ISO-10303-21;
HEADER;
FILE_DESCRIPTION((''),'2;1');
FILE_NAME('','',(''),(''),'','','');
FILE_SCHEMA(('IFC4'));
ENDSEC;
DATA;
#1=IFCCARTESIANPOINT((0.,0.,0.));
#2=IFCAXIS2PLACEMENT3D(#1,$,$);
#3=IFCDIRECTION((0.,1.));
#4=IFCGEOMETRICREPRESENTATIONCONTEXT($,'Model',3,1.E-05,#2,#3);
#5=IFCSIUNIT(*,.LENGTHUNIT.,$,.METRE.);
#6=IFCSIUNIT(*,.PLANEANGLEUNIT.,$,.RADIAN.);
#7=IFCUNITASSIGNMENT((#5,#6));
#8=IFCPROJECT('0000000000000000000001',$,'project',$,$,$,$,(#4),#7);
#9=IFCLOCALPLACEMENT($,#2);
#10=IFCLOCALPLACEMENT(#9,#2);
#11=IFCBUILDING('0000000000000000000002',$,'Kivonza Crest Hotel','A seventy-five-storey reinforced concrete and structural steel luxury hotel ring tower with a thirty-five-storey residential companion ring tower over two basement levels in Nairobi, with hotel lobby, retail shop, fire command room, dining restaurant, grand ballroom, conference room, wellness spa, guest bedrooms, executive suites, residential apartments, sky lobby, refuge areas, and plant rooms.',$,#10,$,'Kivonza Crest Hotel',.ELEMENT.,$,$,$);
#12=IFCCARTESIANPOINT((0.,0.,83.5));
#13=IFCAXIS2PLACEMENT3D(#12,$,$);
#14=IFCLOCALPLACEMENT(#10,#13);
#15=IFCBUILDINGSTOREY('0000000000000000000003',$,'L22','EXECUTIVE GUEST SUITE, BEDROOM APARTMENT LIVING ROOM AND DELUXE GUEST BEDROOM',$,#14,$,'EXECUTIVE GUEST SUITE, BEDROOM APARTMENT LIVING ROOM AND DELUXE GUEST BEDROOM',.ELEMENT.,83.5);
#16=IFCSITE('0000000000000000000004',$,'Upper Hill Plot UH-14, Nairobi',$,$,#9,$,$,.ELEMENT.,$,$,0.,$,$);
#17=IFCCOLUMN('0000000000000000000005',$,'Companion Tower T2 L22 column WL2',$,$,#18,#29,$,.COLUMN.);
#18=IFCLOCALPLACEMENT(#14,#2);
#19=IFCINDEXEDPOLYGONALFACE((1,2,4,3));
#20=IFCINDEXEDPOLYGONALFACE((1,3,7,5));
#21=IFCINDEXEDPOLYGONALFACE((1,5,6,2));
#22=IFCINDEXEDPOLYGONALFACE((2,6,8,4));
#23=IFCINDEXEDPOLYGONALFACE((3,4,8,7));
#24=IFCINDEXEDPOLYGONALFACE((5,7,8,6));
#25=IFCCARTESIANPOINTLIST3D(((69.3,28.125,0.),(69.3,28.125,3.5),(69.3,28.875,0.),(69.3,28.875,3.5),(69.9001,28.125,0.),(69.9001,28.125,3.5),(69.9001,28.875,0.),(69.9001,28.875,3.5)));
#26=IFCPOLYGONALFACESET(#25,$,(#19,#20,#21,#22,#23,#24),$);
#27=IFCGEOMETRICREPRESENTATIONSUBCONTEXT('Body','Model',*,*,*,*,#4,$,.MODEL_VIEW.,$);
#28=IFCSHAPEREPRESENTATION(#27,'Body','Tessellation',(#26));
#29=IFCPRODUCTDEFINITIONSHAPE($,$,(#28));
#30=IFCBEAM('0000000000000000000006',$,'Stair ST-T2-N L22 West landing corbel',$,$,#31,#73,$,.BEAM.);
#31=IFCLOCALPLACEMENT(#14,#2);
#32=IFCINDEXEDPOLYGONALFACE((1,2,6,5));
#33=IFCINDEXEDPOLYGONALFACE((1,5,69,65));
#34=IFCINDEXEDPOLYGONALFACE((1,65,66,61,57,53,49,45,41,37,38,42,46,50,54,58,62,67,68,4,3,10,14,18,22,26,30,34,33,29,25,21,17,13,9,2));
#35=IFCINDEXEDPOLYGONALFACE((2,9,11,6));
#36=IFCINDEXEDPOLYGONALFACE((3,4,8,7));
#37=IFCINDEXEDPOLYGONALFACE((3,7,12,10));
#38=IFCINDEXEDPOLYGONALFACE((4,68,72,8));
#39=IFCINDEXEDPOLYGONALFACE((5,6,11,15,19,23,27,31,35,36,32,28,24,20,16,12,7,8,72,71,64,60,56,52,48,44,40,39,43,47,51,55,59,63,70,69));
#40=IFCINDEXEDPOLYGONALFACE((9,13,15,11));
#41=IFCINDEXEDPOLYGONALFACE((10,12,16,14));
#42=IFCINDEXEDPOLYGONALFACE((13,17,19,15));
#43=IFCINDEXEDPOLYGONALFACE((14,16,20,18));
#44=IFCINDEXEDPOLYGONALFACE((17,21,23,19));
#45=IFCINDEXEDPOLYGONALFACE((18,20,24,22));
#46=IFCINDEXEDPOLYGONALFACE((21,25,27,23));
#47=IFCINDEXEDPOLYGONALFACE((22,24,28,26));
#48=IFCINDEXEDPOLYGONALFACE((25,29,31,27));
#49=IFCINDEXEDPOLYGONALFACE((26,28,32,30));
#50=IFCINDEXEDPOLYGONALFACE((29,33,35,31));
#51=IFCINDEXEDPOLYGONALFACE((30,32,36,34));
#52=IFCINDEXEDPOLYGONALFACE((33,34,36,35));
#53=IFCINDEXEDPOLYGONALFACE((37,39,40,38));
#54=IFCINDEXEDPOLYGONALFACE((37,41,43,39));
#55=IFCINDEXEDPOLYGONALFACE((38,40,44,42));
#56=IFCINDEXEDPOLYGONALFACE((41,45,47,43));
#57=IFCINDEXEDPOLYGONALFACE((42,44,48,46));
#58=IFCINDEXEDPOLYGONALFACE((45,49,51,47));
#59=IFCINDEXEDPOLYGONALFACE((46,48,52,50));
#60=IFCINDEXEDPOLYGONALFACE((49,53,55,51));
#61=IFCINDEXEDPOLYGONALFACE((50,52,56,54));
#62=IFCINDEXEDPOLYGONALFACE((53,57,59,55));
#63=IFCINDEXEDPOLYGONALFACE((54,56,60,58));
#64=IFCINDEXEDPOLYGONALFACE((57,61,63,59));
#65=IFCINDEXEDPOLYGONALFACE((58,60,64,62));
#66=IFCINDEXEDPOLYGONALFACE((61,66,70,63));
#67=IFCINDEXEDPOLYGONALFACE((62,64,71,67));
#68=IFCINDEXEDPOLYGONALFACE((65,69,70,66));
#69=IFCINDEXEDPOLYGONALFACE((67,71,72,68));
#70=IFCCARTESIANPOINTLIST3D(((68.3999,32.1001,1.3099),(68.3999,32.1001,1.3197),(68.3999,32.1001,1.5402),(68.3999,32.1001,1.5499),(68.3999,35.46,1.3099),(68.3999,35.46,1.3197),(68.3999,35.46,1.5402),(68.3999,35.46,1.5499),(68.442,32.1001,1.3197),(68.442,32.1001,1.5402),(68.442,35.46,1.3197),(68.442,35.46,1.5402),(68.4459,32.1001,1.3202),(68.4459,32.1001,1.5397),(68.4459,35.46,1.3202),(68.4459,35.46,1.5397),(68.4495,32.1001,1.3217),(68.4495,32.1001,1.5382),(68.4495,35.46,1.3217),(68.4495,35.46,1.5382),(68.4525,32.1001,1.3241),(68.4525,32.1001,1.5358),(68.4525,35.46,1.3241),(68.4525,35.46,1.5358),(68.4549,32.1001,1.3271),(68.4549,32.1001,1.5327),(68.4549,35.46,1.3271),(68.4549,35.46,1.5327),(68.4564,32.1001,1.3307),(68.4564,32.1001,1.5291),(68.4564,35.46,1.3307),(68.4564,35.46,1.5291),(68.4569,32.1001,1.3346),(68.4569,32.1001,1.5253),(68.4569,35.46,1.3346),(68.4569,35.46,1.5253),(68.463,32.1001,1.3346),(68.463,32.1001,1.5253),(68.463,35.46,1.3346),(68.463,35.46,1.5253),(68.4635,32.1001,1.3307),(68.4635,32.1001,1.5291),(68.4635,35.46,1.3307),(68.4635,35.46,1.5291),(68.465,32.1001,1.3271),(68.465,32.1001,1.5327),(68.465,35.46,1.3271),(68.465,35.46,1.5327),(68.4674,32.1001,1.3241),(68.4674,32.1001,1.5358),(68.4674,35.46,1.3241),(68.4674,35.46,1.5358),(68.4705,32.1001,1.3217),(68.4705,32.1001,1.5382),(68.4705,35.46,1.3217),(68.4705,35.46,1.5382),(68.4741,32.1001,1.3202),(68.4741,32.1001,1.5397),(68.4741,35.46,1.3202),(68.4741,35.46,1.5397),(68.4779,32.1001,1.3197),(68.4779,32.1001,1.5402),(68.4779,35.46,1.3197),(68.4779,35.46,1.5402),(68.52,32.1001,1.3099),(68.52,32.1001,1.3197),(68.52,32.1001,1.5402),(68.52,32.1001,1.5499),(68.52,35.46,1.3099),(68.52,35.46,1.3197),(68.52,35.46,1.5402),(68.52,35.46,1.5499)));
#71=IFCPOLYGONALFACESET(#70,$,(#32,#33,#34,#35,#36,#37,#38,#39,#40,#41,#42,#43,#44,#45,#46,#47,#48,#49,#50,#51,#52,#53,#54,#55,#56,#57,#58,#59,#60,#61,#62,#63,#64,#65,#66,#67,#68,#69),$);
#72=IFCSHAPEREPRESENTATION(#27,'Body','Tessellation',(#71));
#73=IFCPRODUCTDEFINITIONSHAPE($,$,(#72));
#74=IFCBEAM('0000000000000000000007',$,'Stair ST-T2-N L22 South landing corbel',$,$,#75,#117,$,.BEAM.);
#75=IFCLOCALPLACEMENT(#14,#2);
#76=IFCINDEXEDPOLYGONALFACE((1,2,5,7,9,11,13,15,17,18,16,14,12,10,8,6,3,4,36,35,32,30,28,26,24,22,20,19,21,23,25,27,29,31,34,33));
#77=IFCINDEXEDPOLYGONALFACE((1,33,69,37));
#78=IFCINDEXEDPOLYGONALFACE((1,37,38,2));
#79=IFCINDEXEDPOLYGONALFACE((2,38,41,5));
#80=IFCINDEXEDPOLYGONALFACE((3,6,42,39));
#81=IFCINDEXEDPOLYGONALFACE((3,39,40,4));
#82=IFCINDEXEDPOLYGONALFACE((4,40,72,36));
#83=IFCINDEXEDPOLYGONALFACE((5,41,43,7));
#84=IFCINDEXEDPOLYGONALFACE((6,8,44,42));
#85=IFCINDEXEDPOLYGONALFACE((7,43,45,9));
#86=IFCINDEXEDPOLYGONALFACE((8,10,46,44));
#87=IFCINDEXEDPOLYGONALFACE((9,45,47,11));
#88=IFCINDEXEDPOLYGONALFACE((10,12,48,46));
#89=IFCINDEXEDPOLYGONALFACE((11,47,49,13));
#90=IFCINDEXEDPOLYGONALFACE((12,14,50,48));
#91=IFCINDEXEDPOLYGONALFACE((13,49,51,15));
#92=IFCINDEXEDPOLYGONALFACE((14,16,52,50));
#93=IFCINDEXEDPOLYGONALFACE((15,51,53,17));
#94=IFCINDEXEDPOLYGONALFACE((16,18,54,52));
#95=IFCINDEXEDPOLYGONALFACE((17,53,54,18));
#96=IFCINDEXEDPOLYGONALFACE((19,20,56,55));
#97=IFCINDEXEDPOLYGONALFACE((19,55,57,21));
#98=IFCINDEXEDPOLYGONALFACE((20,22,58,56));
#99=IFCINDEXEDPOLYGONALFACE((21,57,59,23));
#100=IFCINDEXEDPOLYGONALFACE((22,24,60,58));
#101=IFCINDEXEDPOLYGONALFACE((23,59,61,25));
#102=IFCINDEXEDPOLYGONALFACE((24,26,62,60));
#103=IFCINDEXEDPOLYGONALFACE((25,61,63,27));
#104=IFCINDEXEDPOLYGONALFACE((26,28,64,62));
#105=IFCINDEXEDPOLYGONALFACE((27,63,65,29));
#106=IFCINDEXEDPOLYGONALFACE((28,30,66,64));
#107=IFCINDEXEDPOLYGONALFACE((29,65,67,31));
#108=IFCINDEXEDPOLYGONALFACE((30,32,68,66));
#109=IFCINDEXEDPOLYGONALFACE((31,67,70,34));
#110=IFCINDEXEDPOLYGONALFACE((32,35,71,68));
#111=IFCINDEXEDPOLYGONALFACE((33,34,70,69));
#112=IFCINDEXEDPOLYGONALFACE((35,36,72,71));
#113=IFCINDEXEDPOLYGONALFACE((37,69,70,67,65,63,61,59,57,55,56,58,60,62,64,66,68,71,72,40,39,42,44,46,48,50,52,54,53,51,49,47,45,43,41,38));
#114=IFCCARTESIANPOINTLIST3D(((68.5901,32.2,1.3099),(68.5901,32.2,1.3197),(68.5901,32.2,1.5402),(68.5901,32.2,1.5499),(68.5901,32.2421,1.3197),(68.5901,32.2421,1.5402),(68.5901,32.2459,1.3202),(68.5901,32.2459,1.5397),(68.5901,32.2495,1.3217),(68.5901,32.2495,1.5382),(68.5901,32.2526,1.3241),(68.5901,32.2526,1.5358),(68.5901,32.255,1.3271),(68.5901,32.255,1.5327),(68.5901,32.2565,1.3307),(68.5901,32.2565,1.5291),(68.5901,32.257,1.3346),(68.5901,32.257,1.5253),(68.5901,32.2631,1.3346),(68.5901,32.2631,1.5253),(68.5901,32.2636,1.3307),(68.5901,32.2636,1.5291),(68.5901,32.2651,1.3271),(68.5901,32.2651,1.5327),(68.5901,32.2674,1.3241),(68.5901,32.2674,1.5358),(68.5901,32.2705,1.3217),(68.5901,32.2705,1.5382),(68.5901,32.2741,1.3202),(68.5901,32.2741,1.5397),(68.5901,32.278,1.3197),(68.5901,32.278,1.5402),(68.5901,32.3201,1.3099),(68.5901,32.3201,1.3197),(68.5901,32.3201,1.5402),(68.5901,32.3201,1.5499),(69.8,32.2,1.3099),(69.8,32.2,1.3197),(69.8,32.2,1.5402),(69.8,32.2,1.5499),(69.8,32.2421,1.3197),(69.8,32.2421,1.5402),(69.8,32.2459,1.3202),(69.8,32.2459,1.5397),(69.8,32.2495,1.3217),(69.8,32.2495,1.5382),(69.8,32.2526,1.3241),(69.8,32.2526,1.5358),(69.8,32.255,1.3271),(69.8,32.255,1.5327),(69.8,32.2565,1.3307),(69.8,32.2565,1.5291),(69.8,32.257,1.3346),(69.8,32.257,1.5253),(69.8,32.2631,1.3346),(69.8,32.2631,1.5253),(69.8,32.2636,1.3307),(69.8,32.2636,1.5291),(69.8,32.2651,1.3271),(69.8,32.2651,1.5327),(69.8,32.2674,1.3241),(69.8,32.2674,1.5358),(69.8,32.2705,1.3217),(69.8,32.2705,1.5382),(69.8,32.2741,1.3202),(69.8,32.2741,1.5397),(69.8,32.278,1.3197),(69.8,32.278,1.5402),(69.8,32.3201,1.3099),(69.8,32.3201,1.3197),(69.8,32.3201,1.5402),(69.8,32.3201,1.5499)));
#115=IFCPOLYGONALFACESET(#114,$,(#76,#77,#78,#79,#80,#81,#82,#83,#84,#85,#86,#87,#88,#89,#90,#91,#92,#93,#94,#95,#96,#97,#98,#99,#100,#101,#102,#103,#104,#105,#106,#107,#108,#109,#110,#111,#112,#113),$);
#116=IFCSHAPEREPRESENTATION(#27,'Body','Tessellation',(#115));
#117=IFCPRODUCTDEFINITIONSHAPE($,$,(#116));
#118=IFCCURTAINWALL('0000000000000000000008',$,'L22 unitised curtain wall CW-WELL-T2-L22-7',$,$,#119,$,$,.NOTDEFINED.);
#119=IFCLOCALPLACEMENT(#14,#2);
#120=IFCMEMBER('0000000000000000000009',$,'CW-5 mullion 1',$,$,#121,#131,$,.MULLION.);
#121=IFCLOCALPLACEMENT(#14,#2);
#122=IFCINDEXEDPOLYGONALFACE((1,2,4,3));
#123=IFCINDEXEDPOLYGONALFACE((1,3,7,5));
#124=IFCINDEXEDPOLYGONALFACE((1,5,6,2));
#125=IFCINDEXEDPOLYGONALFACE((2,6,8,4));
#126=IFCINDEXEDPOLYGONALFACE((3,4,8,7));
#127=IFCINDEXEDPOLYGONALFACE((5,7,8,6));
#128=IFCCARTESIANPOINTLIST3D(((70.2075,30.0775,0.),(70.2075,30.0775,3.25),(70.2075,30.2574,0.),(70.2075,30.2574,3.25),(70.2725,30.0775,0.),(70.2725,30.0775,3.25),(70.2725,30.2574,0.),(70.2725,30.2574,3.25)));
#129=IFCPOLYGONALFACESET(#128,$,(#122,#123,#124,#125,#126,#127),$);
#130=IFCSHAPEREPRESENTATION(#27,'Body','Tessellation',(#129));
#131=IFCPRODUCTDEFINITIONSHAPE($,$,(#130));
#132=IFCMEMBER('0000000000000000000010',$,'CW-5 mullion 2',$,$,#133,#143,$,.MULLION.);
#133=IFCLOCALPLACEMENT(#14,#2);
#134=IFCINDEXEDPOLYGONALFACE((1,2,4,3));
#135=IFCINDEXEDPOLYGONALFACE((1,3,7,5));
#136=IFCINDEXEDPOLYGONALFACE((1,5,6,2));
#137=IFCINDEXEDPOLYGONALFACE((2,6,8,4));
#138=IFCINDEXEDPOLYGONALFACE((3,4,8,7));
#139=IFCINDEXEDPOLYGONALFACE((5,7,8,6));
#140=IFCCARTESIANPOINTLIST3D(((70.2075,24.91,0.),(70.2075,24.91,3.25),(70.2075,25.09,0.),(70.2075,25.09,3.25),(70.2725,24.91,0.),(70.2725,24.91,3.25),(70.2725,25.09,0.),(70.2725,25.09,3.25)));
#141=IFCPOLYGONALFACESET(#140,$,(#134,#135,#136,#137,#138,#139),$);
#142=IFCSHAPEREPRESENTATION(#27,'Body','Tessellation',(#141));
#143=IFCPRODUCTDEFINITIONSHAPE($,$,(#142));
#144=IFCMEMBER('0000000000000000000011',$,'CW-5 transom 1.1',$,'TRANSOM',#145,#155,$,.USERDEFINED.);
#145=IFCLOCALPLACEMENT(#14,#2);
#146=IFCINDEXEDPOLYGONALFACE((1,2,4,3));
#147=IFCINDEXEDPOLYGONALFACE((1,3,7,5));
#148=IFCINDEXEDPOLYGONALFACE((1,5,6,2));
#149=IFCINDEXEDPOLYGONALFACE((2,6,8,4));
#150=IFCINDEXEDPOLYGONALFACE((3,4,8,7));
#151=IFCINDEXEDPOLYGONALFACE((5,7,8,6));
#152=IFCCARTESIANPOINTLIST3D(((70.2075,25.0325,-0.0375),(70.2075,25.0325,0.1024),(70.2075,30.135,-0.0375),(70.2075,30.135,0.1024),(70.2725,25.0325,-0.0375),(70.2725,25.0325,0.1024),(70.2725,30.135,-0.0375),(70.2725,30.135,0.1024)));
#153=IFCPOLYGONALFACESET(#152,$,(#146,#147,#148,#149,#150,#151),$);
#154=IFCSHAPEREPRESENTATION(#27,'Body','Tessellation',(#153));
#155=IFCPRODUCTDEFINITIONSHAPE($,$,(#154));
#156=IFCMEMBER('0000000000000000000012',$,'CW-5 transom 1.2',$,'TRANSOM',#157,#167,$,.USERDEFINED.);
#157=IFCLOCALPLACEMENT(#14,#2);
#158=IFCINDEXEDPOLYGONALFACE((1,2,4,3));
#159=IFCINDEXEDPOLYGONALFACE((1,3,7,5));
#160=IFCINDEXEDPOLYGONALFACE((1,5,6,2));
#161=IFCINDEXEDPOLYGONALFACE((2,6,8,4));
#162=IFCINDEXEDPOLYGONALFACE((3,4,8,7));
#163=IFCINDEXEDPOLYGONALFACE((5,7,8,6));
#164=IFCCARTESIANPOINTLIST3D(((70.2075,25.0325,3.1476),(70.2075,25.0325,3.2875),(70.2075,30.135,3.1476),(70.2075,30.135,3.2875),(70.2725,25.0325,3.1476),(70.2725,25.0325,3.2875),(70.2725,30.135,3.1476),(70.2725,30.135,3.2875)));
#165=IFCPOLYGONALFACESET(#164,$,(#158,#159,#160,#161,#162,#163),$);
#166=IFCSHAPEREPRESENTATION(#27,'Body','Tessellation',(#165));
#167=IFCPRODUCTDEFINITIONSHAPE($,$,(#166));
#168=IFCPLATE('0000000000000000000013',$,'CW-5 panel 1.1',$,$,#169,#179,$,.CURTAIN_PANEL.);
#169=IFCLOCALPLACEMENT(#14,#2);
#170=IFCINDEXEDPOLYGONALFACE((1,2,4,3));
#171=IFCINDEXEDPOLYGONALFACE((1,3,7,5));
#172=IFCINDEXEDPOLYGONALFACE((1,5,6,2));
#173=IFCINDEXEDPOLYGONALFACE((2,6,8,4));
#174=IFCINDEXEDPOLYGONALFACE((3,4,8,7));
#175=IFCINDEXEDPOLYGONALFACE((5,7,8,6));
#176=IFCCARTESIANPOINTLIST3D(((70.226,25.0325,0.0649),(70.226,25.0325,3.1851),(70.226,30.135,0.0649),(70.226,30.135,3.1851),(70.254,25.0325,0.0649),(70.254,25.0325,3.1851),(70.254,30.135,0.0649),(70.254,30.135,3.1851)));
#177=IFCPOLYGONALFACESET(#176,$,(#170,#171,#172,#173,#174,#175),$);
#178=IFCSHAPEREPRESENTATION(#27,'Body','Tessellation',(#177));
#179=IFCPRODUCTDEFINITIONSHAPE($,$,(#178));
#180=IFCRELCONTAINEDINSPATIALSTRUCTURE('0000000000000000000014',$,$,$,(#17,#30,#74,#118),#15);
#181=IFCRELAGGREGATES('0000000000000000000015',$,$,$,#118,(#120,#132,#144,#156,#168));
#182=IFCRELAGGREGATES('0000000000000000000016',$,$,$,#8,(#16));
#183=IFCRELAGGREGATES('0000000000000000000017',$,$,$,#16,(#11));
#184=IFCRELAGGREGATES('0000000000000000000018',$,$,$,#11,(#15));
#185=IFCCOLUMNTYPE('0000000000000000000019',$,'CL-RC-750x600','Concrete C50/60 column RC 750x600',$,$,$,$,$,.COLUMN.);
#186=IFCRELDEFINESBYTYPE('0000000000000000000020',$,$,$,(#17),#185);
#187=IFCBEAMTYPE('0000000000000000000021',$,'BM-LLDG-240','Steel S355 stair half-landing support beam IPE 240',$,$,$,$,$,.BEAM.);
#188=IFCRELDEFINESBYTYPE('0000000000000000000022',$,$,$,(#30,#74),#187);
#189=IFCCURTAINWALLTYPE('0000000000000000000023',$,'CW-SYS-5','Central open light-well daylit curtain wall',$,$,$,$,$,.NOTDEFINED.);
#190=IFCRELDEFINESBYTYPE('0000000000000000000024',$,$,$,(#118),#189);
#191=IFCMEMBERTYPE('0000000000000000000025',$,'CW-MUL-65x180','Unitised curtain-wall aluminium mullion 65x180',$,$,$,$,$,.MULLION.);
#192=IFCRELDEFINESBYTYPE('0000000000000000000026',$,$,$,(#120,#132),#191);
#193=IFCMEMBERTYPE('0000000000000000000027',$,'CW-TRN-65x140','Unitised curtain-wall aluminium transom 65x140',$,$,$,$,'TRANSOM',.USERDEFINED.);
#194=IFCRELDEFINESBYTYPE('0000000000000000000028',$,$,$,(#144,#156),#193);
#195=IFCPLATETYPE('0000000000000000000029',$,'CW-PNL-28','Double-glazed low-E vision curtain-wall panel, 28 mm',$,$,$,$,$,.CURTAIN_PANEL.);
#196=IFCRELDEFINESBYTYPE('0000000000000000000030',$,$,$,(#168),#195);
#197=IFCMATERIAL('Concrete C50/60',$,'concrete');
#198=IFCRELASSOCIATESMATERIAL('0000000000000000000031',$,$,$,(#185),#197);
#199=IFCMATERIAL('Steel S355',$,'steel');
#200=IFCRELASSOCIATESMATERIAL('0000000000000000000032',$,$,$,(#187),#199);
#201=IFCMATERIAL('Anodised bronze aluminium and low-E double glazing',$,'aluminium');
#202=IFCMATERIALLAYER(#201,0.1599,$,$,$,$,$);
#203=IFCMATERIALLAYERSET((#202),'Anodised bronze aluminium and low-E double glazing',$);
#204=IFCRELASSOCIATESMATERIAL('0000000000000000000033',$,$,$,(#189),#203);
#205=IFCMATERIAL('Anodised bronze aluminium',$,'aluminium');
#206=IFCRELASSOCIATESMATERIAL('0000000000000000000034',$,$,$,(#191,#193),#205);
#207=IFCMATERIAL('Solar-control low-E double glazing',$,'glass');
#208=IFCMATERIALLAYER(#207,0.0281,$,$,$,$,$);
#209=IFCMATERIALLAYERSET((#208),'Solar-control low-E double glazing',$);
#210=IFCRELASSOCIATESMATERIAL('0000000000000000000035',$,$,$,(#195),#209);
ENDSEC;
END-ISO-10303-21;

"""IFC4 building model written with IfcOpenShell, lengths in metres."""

from ifc_helpers import new_model, si_unit, direction, frame, origin, origin_2d, place, context, subcontext, project, spatial, rectangle, i_section, extrude, material, layer, layer_set, material_profile, profile_set, type_object, element, aggregate, save


model = new_model("IFC4")

# Units and contexts
model_context = context("Model", 3, precision=1e-05, world=origin(), true_north=direction((0.0, 1.0)))
body_context = subcontext(model_context, "Body", "Model", "MODEL_VIEW")
ifc_project = project(units=[si_unit("LENGTHUNIT", "METRE"), si_unit("PLANEANGLEUNIT", "RADIAN")], contexts=[model_context])

# Site, building, storey
site_placement = place(None, origin())
site = spatial("IfcSite", under=ifc_project, at=site_placement, Name="Upper Hill Plot UH-14, Nairobi", CompositionType="ELEMENT", RefElevation=0.0)
building_placement = place(site_placement, origin())
building = spatial("IfcBuilding", under=site, at=building_placement, Name="Kivonza Crest Hotel", Description="A seventy-five-storey reinforced concrete and structural steel luxury hotel ring tower with a thirty-five-storey residential companion ring tower over two basement levels in Nairobi, with hotel lobby, retail shop, fire command room, dining restaurant, grand ballroom, conference room, wellness spa, guest bedrooms, executive suites, residential apartments, sky lobby, refuge areas, and plant rooms.", LongName="Kivonza Crest Hotel", CompositionType="ELEMENT")
storey_placement = place(building_placement, frame((0.0, 0.0, 83.5)))
storey = spatial("IfcBuildingStorey", under=building, at=storey_placement, Name="L22", Description="EXECUTIVE GUEST SUITE, BEDROOM APARTMENT LIVING ROOM AND DELUXE GUEST BEDROOM", LongName="EXECUTIVE GUEST SUITE, BEDROOM APARTMENT LIVING ROOM AND DELUXE GUEST BEDROOM", CompositionType="ELEMENT", Elevation=83.5)

# Column
ifc_material_1 = material(Name="Concrete C50/60", Category="concrete")
ifc_material_profile_1 = material_profile(ifc_material_1, rectangle(XDim=0.6001, YDim=0.75, at=origin_2d()), Name="RC 750x600")
ifc_profile_set_1 = profile_set([ifc_material_profile_1], Name="Concrete C50/60")
column_type = type_object("IfcColumnType", Name="CL-RC-750x600", Description="Concrete C50/60 column RC 750x600", PredefinedType="COLUMN", material=ifc_profile_set_1)
column_placement = place(storey_placement, frame((69.6001, 28.5, 0.0), z_axis=(0.0, 0.0, 1.0), x_axis=(1.0, 0.0, 0.0)))
element("IfcColumn", 1, at=column_placement, inside=storey, type_object=column_type, Name="Companion Tower T2 L22 column WL2", PredefinedType="COLUMN", context=body_context, shape_type="SweptSolid", body=[
    extrude(rectangle(XDim=0.6001, YDim=0.75, at=origin_2d()), origin(), (0.0, 0.0, 1.0), 3.5),
])

# Beams
ifc_material_2 = material(Name="Steel S355", Category="steel")
ifc_material_profile_2 = material_profile(ifc_material_2, i_section(OverallWidth=0.1201, OverallDepth=0.24, WebThickness=0.0061, FlangeThickness=0.0098, FilletRadius=0.0149, at=origin_2d()), Name="IPE 240")
ifc_profile_set_2 = profile_set([ifc_material_profile_2], Name="Steel S355")
beam_type = type_object("IfcBeamType", Name="BM-LLDG-240", Description="Steel S355 stair half-landing support beam IPE 240", PredefinedType="BEAM", material=ifc_profile_set_2)
beam_1_placement = place(storey_placement, frame((68.46, 32.1001, 1.4299), z_axis=(0.0, 1.0, 0.0), x_axis=(-1.0, 0.0, 0.0)))
element("IfcBeam", 2, at=beam_1_placement, inside=storey, type_object=beam_type, Name="Stair ST-T2-N L22 West landing corbel", PredefinedType="BEAM", context=body_context, shape_type="SweptSolid", body=[
    extrude(i_section(OverallWidth=0.1201, OverallDepth=0.24, WebThickness=0.0061, FlangeThickness=0.0098, FilletRadius=0.0149, at=origin_2d()), origin(), (0.0, 0.0, 1.0), 3.3599),
])
beam_2_placement = place(storey_placement, frame((68.5901, 32.26, 1.4299), z_axis=(1.0, 0.0, 0.0), x_axis=(0.0, 1.0, 0.0)))
element("IfcBeam", 3, at=beam_2_placement, inside=storey, type_object=beam_type, Name="Stair ST-T2-N L22 South landing corbel", PredefinedType="BEAM", context=body_context, shape_type="SweptSolid", body=[
    extrude(i_section(OverallWidth=0.1201, OverallDepth=0.24, WebThickness=0.0061, FlangeThickness=0.0098, FilletRadius=0.0149, at=origin_2d()), origin(), (0.0, 0.0, 1.0), 1.21),
])

# Curtain wall, members, plate
ifc_material_3 = material(Name="Anodised bronze aluminium and low-E double glazing", Category="aluminium")
ifc_layer_1 = layer(ifc_material_3, 0.1599)
ifc_layer_set_1 = layer_set([ifc_layer_1], Name="Anodised bronze aluminium and low-E double glazing")
curtain_wall_type = type_object("IfcCurtainWallType", Name="CW-SYS-5", Description="Central open light-well daylit curtain wall", PredefinedType="NOTDEFINED", material=ifc_layer_set_1)
curtain_wall_placement = place(storey_placement, origin())
curtain_wall = element("IfcCurtainWall", 4, at=curtain_wall_placement, inside=storey, type_object=curtain_wall_type, Name="L22 unitised curtain wall CW-WELL-T2-L22-7", PredefinedType="NOTDEFINED")
ifc_material_4 = material(Name="Anodised bronze aluminium", Category="aluminium")
ifc_material_profile_3 = material_profile(ifc_material_4, rectangle(XDim=0.0649, YDim=0.1799, at=origin_2d()), Name="CW-M 65x180")
ifc_profile_set_3 = profile_set([ifc_material_profile_3], Name="Anodised bronze aluminium")
member_type_1 = type_object("IfcMemberType", Name="CW-MUL-65x180", Description="Unitised curtain-wall aluminium mullion 65x180", PredefinedType="MULLION", material=ifc_profile_set_3)
member_1_placement = place(storey_placement, frame((70.24, 30.1675, 0.0), z_axis=(0.0, 0.0, 1.0), x_axis=(1.0, 0.0, 0.0)))
member_1 = element("IfcMember", 5, at=member_1_placement, type_object=member_type_1, Name="CW-5 mullion 1", PredefinedType="MULLION", context=body_context, shape_type="SweptSolid", body=[
    extrude(rectangle(XDim=0.0649, YDim=0.1799, at=origin_2d()), origin(), (0.0, 0.0, 1.0), 3.25),
])
member_2_placement = place(storey_placement, frame((70.24, 25.0, 0.0), z_axis=(0.0, 0.0, 1.0), x_axis=(1.0, 0.0, 0.0)))
member_2 = element("IfcMember", 6, at=member_2_placement, type_object=member_type_1, Name="CW-5 mullion 2", PredefinedType="MULLION", context=body_context, shape_type="SweptSolid", body=[
    extrude(rectangle(XDim=0.0649, YDim=0.1799, at=origin_2d()), origin(), (0.0, 0.0, 1.0), 3.25),
])
ifc_material_profile_4 = material_profile(ifc_material_4, rectangle(XDim=0.0649, YDim=0.1399, at=origin_2d()), Name="CW-T 65x140")
ifc_profile_set_4 = profile_set([ifc_material_profile_4], Name="Anodised bronze aluminium")
member_type_2 = type_object("IfcMemberType", Name="CW-TRN-65x140", Description="Unitised curtain-wall aluminium transom 65x140", ElementType="TRANSOM", PredefinedType="USERDEFINED", material=ifc_profile_set_4)
member_3_placement = place(storey_placement, frame((70.24, 30.135, 0.0325), z_axis=(0.0, -1.0, 0.0), x_axis=(1.0, 0.0, 0.0)))
member_3 = element("IfcMember", 7, at=member_3_placement, type_object=member_type_2, Name="CW-5 transom 1.1", ObjectType="TRANSOM", PredefinedType="USERDEFINED", context=body_context, shape_type="SweptSolid", body=[
    extrude(rectangle(XDim=0.0649, YDim=0.1399, at=origin_2d()), origin(), (0.0, 0.0, 1.0), 5.1025),
])
member_4_placement = place(storey_placement, frame((70.24, 30.135, 3.2175), z_axis=(0.0, -1.0, 0.0), x_axis=(1.0, 0.0, 0.0)))
member_4 = element("IfcMember", 8, at=member_4_placement, type_object=member_type_2, Name="CW-5 transom 1.2", ObjectType="TRANSOM", PredefinedType="USERDEFINED", context=body_context, shape_type="SweptSolid", body=[
    extrude(rectangle(XDim=0.0649, YDim=0.1399, at=origin_2d()), origin(), (0.0, 0.0, 1.0), 5.1025),
])
ifc_material_5 = material(Name="Solar-control low-E double glazing", Category="glass")
ifc_layer_2 = layer(ifc_material_5, 0.0281)
ifc_layer_set_2 = layer_set([ifc_layer_2], Name="Solar-control low-E double glazing")
plate_type = type_object("IfcPlateType", Name="CW-PNL-28", Description="Double-glazed low-E vision curtain-wall panel, 28 mm", PredefinedType="CURTAIN_PANEL", material=ifc_layer_set_2)
plate_placement = place(storey_placement, frame((70.24, 27.5837, 0.0649), z_axis=(0.0, 0.0, 1.0), x_axis=(0.0, -1.0, 0.0)))
plate = element("IfcPlate", 9, at=plate_placement, type_object=plate_type, Name="CW-5 panel 1.1", PredefinedType="CURTAIN_PANEL", context=body_context, shape_type="SweptSolid", body=[
    extrude(rectangle(XDim=5.1025, YDim=0.0281, at=origin_2d()), origin(), (0.0, 0.0, 1.0), 3.1201),
])
aggregate(curtain_wall, [member_1, member_2, member_3, member_4, plate])

save(model, "model.ifc")
